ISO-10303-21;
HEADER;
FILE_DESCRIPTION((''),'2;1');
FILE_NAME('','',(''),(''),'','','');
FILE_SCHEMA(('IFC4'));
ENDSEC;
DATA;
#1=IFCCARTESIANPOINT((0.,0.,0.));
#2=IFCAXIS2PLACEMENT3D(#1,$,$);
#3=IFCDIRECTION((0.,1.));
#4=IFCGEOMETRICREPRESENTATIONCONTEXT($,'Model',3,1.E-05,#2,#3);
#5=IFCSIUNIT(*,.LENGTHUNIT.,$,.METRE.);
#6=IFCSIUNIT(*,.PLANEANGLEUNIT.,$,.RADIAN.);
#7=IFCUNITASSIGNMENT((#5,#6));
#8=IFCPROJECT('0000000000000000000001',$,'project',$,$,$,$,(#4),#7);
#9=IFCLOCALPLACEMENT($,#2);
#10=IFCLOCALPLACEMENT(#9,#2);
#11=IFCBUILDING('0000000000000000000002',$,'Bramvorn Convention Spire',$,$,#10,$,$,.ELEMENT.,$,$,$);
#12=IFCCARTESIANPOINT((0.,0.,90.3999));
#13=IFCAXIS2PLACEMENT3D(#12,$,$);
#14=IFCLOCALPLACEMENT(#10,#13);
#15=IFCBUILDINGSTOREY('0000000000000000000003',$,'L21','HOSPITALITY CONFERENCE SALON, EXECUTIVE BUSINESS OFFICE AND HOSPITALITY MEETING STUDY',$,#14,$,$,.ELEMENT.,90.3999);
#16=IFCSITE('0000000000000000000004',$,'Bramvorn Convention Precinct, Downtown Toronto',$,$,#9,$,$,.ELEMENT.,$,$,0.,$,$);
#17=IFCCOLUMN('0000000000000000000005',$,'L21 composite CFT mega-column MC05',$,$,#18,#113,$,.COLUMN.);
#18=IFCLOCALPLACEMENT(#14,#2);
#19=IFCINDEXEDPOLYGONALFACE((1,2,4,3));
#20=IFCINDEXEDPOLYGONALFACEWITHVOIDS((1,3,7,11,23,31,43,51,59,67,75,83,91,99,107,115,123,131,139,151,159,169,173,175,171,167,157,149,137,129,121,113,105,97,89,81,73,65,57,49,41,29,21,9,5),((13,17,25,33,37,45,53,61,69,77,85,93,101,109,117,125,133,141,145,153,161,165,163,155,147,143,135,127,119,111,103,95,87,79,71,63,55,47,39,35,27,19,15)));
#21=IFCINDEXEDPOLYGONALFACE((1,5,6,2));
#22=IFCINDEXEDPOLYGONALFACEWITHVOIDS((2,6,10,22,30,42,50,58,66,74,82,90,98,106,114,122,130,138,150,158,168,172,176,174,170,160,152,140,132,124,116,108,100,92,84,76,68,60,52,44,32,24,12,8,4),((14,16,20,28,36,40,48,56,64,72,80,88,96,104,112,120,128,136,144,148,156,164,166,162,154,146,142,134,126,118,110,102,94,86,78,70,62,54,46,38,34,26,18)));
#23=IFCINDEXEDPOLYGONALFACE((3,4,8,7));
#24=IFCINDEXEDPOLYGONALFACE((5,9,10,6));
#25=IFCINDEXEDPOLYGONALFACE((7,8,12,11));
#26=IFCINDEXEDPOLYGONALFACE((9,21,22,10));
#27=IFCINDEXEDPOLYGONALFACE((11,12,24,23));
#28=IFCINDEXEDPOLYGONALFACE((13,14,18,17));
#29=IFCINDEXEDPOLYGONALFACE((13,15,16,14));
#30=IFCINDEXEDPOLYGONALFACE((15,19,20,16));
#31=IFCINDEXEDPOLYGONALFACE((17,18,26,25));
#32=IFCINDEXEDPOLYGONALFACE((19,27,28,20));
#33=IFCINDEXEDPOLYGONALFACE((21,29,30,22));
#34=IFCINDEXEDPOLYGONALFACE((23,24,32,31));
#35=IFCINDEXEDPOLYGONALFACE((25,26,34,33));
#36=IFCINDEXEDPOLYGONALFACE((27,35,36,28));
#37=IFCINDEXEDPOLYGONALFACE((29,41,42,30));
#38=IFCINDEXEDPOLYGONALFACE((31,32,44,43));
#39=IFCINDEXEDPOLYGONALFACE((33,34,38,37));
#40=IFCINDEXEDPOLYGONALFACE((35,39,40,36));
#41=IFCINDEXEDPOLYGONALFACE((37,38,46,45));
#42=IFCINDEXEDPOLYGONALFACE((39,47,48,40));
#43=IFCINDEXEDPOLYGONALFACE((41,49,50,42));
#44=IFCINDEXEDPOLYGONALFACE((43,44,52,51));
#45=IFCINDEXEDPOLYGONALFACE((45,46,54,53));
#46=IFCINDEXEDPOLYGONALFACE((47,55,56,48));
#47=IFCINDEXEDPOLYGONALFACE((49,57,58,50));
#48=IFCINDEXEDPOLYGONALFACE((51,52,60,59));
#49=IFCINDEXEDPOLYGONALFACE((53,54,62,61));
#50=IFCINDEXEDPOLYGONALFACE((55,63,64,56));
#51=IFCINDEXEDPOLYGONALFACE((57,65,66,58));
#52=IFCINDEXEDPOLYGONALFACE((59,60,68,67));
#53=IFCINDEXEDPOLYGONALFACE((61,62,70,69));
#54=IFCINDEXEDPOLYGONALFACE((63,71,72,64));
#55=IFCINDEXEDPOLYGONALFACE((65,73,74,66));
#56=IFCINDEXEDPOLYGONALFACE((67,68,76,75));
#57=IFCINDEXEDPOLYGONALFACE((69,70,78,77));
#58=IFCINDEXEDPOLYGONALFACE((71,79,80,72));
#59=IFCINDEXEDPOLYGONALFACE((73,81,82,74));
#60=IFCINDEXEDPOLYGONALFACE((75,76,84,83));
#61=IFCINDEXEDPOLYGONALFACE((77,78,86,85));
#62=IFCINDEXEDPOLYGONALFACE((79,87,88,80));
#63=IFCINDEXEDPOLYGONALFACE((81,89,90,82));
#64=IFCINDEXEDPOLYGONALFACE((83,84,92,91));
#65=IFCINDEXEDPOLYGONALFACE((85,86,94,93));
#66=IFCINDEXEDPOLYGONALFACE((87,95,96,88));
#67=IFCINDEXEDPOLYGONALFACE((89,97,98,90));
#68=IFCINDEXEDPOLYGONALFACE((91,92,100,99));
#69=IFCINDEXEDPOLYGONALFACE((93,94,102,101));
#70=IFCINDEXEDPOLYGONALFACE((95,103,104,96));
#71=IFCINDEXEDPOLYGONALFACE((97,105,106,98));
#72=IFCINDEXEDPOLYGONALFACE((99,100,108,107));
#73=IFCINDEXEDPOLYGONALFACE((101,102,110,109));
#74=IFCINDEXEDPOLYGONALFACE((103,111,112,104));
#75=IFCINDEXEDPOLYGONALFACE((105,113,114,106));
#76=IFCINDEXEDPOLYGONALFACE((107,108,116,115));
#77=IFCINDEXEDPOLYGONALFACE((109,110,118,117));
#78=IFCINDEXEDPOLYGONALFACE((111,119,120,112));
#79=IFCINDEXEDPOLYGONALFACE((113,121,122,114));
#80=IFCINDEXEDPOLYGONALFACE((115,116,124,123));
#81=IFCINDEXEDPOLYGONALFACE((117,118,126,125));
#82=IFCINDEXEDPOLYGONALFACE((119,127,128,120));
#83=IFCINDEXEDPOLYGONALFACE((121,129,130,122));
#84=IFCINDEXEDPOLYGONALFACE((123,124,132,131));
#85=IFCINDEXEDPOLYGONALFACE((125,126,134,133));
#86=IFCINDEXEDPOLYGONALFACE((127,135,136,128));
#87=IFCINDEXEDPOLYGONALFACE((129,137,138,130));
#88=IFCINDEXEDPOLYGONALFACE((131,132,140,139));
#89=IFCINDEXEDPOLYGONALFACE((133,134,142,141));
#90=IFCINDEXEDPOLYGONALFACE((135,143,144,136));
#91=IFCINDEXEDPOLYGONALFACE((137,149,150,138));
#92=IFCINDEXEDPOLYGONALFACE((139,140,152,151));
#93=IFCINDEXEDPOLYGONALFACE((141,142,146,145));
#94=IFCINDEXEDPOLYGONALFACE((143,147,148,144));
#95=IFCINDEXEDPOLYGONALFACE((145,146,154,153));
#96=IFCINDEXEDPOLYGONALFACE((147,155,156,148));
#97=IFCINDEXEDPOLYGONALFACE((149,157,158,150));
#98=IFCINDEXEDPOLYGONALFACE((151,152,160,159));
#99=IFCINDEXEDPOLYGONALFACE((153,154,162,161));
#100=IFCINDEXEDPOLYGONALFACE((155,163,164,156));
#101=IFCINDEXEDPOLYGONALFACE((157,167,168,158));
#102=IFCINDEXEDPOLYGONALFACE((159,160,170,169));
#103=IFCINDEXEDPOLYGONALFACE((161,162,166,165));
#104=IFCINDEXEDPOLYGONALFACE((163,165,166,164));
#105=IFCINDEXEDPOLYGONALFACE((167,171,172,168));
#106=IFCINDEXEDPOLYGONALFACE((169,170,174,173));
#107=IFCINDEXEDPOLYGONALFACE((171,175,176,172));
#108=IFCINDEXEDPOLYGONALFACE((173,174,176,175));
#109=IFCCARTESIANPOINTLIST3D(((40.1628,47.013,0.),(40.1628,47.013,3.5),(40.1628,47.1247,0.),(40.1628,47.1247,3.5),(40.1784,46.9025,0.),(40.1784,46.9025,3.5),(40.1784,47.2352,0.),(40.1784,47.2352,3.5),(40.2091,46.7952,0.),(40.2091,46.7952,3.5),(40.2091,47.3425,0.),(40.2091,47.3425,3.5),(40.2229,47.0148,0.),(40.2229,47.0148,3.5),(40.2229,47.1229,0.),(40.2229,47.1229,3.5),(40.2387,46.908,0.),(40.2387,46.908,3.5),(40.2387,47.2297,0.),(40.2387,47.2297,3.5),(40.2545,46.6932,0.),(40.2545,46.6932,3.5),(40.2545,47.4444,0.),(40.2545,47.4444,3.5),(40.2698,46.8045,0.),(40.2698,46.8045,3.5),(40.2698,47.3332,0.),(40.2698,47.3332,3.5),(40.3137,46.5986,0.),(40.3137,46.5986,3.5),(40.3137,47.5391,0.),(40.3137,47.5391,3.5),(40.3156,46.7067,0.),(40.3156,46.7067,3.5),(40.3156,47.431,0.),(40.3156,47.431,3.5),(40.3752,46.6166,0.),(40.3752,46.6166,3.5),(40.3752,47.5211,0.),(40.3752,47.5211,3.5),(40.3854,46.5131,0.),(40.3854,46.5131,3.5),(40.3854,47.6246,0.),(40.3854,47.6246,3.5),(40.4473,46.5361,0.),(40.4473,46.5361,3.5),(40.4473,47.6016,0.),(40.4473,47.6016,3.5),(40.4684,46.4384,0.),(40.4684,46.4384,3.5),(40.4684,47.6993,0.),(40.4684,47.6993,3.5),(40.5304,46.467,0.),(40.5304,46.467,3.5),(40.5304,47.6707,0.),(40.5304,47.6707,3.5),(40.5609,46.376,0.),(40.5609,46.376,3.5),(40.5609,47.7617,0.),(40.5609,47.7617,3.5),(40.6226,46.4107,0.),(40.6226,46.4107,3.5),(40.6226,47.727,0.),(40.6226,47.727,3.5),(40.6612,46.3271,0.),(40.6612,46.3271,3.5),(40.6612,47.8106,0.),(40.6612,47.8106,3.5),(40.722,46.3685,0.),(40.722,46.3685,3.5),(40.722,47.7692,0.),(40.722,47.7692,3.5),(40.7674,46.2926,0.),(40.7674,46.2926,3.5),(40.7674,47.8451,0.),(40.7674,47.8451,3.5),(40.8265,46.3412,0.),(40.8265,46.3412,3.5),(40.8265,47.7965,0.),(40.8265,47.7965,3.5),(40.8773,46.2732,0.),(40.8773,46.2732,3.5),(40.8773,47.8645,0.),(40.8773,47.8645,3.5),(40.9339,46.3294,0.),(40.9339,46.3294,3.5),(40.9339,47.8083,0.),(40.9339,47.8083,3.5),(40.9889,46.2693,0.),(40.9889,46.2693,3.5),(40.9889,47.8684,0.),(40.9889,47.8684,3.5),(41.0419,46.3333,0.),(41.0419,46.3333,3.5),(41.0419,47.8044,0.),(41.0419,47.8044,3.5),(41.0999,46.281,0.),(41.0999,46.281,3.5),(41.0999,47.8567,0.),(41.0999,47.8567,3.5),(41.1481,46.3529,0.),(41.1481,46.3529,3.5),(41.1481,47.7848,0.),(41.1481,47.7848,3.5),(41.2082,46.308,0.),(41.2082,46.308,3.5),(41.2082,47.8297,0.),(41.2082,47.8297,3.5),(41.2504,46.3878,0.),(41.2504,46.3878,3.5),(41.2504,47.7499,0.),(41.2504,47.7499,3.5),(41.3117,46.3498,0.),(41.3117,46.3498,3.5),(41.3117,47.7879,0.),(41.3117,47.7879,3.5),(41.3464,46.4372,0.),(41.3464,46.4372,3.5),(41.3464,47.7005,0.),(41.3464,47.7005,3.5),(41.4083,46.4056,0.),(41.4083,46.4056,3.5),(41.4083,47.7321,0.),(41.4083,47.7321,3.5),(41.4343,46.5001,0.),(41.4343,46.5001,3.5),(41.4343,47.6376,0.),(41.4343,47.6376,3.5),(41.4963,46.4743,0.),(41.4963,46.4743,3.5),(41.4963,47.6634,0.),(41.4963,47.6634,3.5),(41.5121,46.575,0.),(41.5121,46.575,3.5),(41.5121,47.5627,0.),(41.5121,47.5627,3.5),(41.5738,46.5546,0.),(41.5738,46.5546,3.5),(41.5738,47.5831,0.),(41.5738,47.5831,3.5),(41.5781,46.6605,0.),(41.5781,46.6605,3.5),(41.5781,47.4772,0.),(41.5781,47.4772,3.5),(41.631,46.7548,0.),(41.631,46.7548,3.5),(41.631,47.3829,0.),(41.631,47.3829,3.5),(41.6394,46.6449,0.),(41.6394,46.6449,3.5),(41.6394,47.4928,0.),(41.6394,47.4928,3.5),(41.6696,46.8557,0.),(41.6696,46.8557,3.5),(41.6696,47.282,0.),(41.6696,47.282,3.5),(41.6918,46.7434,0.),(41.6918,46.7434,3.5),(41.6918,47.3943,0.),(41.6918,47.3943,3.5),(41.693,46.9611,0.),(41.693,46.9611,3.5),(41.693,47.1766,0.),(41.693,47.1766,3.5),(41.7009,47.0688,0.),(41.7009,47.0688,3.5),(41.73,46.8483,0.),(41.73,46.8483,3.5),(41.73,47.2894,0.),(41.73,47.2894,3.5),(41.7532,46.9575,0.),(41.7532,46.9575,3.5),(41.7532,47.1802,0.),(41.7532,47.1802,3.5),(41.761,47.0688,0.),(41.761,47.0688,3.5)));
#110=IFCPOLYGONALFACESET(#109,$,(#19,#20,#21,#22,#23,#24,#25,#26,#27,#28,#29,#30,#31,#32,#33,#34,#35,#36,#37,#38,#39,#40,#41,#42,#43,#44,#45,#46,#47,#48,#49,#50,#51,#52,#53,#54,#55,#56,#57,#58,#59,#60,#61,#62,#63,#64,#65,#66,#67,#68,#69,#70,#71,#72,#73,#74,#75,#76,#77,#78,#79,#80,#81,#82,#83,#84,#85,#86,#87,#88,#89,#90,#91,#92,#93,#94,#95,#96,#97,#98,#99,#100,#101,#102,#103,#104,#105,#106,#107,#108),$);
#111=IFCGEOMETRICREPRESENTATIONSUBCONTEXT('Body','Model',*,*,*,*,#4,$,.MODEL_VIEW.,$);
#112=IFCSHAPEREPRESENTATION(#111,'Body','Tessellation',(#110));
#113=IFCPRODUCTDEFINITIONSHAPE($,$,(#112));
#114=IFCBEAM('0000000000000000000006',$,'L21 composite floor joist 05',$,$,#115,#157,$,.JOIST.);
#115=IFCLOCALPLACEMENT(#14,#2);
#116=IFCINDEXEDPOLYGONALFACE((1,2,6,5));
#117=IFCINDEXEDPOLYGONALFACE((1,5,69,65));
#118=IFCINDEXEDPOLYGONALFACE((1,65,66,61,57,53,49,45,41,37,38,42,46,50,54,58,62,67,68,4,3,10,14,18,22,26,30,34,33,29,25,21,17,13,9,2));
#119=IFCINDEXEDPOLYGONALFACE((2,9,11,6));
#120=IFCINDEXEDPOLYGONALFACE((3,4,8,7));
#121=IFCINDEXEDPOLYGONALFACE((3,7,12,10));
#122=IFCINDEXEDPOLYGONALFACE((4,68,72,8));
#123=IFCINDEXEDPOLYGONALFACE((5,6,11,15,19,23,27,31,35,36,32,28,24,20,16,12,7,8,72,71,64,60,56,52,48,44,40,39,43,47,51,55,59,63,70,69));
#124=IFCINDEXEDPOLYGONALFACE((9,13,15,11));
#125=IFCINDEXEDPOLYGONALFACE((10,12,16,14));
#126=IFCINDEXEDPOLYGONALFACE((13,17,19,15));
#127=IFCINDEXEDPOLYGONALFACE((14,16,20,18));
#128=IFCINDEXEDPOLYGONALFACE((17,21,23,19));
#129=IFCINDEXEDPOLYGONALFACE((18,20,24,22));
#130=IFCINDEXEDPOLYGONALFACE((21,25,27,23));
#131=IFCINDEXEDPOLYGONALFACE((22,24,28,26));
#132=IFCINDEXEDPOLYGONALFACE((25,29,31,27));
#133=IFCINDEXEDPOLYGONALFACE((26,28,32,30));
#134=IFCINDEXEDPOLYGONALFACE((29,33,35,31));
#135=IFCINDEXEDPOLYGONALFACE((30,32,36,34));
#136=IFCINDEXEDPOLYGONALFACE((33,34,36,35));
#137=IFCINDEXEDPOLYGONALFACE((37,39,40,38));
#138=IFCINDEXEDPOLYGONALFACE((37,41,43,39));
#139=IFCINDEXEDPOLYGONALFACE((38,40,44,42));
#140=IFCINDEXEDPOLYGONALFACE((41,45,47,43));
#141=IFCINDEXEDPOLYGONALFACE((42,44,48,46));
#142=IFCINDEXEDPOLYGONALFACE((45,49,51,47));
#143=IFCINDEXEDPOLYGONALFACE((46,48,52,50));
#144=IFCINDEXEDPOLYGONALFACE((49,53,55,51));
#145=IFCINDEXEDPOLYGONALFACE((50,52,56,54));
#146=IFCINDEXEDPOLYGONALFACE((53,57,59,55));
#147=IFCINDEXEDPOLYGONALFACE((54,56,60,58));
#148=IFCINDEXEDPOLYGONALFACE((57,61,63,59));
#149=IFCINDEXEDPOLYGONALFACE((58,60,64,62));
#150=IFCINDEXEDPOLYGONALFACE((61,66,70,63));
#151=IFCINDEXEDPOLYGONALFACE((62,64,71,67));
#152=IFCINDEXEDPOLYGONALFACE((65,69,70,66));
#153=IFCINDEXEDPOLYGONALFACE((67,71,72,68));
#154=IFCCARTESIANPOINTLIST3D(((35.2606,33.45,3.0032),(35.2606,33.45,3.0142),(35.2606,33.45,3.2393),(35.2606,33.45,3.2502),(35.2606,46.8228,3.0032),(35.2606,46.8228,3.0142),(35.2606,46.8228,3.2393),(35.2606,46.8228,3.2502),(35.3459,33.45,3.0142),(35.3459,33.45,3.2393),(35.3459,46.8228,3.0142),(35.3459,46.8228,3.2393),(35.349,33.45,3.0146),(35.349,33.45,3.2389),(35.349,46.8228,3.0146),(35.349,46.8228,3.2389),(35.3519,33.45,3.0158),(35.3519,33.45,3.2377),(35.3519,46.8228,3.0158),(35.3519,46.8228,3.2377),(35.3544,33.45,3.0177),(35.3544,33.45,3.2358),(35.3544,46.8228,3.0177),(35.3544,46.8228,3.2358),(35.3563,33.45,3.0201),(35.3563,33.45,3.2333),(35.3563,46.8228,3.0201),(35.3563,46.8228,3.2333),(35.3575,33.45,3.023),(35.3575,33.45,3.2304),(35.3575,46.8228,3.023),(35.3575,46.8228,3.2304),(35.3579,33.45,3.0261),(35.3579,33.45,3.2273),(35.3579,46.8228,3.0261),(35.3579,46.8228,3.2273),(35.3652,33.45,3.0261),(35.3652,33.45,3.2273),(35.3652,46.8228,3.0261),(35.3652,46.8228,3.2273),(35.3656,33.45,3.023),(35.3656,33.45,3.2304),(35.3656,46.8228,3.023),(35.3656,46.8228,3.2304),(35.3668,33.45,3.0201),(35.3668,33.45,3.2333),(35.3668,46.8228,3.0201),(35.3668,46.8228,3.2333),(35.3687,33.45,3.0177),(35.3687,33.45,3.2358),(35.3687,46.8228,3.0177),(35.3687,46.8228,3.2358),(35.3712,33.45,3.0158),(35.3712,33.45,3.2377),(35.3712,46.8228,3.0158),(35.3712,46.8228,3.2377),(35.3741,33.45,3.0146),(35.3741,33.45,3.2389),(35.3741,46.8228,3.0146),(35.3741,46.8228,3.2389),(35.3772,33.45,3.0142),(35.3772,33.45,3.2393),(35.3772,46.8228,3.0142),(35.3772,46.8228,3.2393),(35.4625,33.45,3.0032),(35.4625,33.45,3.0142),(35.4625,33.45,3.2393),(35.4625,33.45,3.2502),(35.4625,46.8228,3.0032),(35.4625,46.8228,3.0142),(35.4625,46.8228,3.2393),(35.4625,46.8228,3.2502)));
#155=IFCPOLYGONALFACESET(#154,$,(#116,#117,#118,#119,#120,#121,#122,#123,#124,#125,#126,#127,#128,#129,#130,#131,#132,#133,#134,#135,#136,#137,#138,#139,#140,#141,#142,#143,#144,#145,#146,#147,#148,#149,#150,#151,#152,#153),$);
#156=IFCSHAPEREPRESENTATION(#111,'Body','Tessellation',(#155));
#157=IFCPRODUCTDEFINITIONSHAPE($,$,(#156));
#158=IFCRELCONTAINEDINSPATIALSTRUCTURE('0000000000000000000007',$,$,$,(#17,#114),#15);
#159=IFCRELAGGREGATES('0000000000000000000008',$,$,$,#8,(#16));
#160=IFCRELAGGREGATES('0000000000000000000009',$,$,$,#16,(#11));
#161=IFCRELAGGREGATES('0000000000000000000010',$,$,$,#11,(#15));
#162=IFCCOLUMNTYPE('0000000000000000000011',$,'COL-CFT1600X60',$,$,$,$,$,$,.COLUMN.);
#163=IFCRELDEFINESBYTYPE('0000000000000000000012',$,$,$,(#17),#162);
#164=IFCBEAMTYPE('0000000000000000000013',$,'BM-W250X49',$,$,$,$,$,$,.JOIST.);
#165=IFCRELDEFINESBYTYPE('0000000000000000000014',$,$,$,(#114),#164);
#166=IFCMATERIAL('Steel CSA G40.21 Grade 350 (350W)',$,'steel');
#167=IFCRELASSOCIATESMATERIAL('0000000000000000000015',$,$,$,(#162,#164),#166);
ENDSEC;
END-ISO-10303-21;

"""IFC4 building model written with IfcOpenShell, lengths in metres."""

from ifc_helpers import new_model, si_unit, direction, frame, origin, origin_2d, place, context, subcontext, project, spatial, hollow_circle, i_section, extrude, material, material_profile, profile_set, type_object, element, save


model = new_model("IFC4")

# Units and contexts
model_context = context("Model", 3, precision=1e-05, world=origin(), true_north=direction((0.0, 1.0)))
body_context = subcontext(model_context, "Body", "Model", "MODEL_VIEW")
ifc_project = project(units=[si_unit("LENGTHUNIT", "METRE"), si_unit("PLANEANGLEUNIT", "RADIAN")], contexts=[model_context])

# Site, building, storey
site_placement = place(None, origin())
site = spatial("IfcSite", under=ifc_project, at=site_placement, Name="Bramvorn Convention Precinct, Downtown Toronto", CompositionType="ELEMENT", RefElevation=0.0)
building_placement = place(site_placement, origin())
building = spatial("IfcBuilding", under=site, at=building_placement, Name="Bramvorn Convention Spire", CompositionType="ELEMENT")
storey_placement = place(building_placement, frame((0.0, 0.0, 90.3999)))
storey = spatial("IfcBuildingStorey", under=building, at=storey_placement, Name="L21", Description="HOSPITALITY CONFERENCE SALON, EXECUTIVE BUSINESS OFFICE AND HOSPITALITY MEETING STUDY", CompositionType="ELEMENT", Elevation=90.3999)

# Column
ifc_material_1 = material(Name="Steel CSA G40.21 Grade 350 (350W)", Category="steel")
ifc_material_profile_1 = material_profile(ifc_material_1, hollow_circle(Radius=0.8, WallThickness=0.0601, at=origin_2d()))
ifc_profile_set_1 = profile_set([ifc_material_profile_1], Name="Steel CSA G40.21 Grade 350 (350W) - CFT1600X60")
column_type = type_object("IfcColumnType", Name="COL-CFT1600X60", PredefinedType="COLUMN", material=ifc_profile_set_1)
column_placement = place(storey_placement, frame((40.9609, 47.0688, 0.0), z_axis=(0.0, 0.0, 1.0), x_axis=(1.0, 0.0, 0.0)))
element("IfcColumn", 1, at=column_placement, inside=storey, type_object=column_type, Name="L21 composite CFT mega-column MC05", PredefinedType="COLUMN", context=body_context, shape_type="SweptSolid", body=[
    extrude(hollow_circle(Radius=0.8, WallThickness=0.0601, at=origin_2d()), origin(), (0.0, 0.0, 1.0), 3.5),
])

# Beam
ifc_material_profile_2 = material_profile(ifc_material_1, i_section(OverallWidth=0.2019, OverallDepth=0.2471, WebThickness=0.0073, FlangeThickness=0.011, FilletRadius=0.012, at=origin_2d()))
ifc_profile_set_2 = profile_set([ifc_material_profile_2], Name="Steel CSA G40.21 Grade 350 (350W) - W250X49")
beam_type_1 = type_object("IfcBeamType", Name="BM-W250X49", PredefinedType="JOIST", material=ifc_profile_set_2)
beam_1_placement = place(storey_placement, frame((35.3616, 33.45, 3.1267), z_axis=(0.0, 1.0, 0.0), x_axis=(-1.0, 0.0, 0.0)))
element("IfcBeam", 2, at=beam_1_placement, inside=storey, type_object=beam_type_1, Name="L21 composite floor joist 05", PredefinedType="JOIST", context=body_context, shape_type="SweptSolid", body=[
    extrude(i_section(OverallWidth=0.2019, OverallDepth=0.2471, WebThickness=0.0073, FlangeThickness=0.011, FilletRadius=0.012, at=origin_2d()), origin(), (0.0, 0.0, 1.0), 13.3728),
])

save(model, "model.ifc")
